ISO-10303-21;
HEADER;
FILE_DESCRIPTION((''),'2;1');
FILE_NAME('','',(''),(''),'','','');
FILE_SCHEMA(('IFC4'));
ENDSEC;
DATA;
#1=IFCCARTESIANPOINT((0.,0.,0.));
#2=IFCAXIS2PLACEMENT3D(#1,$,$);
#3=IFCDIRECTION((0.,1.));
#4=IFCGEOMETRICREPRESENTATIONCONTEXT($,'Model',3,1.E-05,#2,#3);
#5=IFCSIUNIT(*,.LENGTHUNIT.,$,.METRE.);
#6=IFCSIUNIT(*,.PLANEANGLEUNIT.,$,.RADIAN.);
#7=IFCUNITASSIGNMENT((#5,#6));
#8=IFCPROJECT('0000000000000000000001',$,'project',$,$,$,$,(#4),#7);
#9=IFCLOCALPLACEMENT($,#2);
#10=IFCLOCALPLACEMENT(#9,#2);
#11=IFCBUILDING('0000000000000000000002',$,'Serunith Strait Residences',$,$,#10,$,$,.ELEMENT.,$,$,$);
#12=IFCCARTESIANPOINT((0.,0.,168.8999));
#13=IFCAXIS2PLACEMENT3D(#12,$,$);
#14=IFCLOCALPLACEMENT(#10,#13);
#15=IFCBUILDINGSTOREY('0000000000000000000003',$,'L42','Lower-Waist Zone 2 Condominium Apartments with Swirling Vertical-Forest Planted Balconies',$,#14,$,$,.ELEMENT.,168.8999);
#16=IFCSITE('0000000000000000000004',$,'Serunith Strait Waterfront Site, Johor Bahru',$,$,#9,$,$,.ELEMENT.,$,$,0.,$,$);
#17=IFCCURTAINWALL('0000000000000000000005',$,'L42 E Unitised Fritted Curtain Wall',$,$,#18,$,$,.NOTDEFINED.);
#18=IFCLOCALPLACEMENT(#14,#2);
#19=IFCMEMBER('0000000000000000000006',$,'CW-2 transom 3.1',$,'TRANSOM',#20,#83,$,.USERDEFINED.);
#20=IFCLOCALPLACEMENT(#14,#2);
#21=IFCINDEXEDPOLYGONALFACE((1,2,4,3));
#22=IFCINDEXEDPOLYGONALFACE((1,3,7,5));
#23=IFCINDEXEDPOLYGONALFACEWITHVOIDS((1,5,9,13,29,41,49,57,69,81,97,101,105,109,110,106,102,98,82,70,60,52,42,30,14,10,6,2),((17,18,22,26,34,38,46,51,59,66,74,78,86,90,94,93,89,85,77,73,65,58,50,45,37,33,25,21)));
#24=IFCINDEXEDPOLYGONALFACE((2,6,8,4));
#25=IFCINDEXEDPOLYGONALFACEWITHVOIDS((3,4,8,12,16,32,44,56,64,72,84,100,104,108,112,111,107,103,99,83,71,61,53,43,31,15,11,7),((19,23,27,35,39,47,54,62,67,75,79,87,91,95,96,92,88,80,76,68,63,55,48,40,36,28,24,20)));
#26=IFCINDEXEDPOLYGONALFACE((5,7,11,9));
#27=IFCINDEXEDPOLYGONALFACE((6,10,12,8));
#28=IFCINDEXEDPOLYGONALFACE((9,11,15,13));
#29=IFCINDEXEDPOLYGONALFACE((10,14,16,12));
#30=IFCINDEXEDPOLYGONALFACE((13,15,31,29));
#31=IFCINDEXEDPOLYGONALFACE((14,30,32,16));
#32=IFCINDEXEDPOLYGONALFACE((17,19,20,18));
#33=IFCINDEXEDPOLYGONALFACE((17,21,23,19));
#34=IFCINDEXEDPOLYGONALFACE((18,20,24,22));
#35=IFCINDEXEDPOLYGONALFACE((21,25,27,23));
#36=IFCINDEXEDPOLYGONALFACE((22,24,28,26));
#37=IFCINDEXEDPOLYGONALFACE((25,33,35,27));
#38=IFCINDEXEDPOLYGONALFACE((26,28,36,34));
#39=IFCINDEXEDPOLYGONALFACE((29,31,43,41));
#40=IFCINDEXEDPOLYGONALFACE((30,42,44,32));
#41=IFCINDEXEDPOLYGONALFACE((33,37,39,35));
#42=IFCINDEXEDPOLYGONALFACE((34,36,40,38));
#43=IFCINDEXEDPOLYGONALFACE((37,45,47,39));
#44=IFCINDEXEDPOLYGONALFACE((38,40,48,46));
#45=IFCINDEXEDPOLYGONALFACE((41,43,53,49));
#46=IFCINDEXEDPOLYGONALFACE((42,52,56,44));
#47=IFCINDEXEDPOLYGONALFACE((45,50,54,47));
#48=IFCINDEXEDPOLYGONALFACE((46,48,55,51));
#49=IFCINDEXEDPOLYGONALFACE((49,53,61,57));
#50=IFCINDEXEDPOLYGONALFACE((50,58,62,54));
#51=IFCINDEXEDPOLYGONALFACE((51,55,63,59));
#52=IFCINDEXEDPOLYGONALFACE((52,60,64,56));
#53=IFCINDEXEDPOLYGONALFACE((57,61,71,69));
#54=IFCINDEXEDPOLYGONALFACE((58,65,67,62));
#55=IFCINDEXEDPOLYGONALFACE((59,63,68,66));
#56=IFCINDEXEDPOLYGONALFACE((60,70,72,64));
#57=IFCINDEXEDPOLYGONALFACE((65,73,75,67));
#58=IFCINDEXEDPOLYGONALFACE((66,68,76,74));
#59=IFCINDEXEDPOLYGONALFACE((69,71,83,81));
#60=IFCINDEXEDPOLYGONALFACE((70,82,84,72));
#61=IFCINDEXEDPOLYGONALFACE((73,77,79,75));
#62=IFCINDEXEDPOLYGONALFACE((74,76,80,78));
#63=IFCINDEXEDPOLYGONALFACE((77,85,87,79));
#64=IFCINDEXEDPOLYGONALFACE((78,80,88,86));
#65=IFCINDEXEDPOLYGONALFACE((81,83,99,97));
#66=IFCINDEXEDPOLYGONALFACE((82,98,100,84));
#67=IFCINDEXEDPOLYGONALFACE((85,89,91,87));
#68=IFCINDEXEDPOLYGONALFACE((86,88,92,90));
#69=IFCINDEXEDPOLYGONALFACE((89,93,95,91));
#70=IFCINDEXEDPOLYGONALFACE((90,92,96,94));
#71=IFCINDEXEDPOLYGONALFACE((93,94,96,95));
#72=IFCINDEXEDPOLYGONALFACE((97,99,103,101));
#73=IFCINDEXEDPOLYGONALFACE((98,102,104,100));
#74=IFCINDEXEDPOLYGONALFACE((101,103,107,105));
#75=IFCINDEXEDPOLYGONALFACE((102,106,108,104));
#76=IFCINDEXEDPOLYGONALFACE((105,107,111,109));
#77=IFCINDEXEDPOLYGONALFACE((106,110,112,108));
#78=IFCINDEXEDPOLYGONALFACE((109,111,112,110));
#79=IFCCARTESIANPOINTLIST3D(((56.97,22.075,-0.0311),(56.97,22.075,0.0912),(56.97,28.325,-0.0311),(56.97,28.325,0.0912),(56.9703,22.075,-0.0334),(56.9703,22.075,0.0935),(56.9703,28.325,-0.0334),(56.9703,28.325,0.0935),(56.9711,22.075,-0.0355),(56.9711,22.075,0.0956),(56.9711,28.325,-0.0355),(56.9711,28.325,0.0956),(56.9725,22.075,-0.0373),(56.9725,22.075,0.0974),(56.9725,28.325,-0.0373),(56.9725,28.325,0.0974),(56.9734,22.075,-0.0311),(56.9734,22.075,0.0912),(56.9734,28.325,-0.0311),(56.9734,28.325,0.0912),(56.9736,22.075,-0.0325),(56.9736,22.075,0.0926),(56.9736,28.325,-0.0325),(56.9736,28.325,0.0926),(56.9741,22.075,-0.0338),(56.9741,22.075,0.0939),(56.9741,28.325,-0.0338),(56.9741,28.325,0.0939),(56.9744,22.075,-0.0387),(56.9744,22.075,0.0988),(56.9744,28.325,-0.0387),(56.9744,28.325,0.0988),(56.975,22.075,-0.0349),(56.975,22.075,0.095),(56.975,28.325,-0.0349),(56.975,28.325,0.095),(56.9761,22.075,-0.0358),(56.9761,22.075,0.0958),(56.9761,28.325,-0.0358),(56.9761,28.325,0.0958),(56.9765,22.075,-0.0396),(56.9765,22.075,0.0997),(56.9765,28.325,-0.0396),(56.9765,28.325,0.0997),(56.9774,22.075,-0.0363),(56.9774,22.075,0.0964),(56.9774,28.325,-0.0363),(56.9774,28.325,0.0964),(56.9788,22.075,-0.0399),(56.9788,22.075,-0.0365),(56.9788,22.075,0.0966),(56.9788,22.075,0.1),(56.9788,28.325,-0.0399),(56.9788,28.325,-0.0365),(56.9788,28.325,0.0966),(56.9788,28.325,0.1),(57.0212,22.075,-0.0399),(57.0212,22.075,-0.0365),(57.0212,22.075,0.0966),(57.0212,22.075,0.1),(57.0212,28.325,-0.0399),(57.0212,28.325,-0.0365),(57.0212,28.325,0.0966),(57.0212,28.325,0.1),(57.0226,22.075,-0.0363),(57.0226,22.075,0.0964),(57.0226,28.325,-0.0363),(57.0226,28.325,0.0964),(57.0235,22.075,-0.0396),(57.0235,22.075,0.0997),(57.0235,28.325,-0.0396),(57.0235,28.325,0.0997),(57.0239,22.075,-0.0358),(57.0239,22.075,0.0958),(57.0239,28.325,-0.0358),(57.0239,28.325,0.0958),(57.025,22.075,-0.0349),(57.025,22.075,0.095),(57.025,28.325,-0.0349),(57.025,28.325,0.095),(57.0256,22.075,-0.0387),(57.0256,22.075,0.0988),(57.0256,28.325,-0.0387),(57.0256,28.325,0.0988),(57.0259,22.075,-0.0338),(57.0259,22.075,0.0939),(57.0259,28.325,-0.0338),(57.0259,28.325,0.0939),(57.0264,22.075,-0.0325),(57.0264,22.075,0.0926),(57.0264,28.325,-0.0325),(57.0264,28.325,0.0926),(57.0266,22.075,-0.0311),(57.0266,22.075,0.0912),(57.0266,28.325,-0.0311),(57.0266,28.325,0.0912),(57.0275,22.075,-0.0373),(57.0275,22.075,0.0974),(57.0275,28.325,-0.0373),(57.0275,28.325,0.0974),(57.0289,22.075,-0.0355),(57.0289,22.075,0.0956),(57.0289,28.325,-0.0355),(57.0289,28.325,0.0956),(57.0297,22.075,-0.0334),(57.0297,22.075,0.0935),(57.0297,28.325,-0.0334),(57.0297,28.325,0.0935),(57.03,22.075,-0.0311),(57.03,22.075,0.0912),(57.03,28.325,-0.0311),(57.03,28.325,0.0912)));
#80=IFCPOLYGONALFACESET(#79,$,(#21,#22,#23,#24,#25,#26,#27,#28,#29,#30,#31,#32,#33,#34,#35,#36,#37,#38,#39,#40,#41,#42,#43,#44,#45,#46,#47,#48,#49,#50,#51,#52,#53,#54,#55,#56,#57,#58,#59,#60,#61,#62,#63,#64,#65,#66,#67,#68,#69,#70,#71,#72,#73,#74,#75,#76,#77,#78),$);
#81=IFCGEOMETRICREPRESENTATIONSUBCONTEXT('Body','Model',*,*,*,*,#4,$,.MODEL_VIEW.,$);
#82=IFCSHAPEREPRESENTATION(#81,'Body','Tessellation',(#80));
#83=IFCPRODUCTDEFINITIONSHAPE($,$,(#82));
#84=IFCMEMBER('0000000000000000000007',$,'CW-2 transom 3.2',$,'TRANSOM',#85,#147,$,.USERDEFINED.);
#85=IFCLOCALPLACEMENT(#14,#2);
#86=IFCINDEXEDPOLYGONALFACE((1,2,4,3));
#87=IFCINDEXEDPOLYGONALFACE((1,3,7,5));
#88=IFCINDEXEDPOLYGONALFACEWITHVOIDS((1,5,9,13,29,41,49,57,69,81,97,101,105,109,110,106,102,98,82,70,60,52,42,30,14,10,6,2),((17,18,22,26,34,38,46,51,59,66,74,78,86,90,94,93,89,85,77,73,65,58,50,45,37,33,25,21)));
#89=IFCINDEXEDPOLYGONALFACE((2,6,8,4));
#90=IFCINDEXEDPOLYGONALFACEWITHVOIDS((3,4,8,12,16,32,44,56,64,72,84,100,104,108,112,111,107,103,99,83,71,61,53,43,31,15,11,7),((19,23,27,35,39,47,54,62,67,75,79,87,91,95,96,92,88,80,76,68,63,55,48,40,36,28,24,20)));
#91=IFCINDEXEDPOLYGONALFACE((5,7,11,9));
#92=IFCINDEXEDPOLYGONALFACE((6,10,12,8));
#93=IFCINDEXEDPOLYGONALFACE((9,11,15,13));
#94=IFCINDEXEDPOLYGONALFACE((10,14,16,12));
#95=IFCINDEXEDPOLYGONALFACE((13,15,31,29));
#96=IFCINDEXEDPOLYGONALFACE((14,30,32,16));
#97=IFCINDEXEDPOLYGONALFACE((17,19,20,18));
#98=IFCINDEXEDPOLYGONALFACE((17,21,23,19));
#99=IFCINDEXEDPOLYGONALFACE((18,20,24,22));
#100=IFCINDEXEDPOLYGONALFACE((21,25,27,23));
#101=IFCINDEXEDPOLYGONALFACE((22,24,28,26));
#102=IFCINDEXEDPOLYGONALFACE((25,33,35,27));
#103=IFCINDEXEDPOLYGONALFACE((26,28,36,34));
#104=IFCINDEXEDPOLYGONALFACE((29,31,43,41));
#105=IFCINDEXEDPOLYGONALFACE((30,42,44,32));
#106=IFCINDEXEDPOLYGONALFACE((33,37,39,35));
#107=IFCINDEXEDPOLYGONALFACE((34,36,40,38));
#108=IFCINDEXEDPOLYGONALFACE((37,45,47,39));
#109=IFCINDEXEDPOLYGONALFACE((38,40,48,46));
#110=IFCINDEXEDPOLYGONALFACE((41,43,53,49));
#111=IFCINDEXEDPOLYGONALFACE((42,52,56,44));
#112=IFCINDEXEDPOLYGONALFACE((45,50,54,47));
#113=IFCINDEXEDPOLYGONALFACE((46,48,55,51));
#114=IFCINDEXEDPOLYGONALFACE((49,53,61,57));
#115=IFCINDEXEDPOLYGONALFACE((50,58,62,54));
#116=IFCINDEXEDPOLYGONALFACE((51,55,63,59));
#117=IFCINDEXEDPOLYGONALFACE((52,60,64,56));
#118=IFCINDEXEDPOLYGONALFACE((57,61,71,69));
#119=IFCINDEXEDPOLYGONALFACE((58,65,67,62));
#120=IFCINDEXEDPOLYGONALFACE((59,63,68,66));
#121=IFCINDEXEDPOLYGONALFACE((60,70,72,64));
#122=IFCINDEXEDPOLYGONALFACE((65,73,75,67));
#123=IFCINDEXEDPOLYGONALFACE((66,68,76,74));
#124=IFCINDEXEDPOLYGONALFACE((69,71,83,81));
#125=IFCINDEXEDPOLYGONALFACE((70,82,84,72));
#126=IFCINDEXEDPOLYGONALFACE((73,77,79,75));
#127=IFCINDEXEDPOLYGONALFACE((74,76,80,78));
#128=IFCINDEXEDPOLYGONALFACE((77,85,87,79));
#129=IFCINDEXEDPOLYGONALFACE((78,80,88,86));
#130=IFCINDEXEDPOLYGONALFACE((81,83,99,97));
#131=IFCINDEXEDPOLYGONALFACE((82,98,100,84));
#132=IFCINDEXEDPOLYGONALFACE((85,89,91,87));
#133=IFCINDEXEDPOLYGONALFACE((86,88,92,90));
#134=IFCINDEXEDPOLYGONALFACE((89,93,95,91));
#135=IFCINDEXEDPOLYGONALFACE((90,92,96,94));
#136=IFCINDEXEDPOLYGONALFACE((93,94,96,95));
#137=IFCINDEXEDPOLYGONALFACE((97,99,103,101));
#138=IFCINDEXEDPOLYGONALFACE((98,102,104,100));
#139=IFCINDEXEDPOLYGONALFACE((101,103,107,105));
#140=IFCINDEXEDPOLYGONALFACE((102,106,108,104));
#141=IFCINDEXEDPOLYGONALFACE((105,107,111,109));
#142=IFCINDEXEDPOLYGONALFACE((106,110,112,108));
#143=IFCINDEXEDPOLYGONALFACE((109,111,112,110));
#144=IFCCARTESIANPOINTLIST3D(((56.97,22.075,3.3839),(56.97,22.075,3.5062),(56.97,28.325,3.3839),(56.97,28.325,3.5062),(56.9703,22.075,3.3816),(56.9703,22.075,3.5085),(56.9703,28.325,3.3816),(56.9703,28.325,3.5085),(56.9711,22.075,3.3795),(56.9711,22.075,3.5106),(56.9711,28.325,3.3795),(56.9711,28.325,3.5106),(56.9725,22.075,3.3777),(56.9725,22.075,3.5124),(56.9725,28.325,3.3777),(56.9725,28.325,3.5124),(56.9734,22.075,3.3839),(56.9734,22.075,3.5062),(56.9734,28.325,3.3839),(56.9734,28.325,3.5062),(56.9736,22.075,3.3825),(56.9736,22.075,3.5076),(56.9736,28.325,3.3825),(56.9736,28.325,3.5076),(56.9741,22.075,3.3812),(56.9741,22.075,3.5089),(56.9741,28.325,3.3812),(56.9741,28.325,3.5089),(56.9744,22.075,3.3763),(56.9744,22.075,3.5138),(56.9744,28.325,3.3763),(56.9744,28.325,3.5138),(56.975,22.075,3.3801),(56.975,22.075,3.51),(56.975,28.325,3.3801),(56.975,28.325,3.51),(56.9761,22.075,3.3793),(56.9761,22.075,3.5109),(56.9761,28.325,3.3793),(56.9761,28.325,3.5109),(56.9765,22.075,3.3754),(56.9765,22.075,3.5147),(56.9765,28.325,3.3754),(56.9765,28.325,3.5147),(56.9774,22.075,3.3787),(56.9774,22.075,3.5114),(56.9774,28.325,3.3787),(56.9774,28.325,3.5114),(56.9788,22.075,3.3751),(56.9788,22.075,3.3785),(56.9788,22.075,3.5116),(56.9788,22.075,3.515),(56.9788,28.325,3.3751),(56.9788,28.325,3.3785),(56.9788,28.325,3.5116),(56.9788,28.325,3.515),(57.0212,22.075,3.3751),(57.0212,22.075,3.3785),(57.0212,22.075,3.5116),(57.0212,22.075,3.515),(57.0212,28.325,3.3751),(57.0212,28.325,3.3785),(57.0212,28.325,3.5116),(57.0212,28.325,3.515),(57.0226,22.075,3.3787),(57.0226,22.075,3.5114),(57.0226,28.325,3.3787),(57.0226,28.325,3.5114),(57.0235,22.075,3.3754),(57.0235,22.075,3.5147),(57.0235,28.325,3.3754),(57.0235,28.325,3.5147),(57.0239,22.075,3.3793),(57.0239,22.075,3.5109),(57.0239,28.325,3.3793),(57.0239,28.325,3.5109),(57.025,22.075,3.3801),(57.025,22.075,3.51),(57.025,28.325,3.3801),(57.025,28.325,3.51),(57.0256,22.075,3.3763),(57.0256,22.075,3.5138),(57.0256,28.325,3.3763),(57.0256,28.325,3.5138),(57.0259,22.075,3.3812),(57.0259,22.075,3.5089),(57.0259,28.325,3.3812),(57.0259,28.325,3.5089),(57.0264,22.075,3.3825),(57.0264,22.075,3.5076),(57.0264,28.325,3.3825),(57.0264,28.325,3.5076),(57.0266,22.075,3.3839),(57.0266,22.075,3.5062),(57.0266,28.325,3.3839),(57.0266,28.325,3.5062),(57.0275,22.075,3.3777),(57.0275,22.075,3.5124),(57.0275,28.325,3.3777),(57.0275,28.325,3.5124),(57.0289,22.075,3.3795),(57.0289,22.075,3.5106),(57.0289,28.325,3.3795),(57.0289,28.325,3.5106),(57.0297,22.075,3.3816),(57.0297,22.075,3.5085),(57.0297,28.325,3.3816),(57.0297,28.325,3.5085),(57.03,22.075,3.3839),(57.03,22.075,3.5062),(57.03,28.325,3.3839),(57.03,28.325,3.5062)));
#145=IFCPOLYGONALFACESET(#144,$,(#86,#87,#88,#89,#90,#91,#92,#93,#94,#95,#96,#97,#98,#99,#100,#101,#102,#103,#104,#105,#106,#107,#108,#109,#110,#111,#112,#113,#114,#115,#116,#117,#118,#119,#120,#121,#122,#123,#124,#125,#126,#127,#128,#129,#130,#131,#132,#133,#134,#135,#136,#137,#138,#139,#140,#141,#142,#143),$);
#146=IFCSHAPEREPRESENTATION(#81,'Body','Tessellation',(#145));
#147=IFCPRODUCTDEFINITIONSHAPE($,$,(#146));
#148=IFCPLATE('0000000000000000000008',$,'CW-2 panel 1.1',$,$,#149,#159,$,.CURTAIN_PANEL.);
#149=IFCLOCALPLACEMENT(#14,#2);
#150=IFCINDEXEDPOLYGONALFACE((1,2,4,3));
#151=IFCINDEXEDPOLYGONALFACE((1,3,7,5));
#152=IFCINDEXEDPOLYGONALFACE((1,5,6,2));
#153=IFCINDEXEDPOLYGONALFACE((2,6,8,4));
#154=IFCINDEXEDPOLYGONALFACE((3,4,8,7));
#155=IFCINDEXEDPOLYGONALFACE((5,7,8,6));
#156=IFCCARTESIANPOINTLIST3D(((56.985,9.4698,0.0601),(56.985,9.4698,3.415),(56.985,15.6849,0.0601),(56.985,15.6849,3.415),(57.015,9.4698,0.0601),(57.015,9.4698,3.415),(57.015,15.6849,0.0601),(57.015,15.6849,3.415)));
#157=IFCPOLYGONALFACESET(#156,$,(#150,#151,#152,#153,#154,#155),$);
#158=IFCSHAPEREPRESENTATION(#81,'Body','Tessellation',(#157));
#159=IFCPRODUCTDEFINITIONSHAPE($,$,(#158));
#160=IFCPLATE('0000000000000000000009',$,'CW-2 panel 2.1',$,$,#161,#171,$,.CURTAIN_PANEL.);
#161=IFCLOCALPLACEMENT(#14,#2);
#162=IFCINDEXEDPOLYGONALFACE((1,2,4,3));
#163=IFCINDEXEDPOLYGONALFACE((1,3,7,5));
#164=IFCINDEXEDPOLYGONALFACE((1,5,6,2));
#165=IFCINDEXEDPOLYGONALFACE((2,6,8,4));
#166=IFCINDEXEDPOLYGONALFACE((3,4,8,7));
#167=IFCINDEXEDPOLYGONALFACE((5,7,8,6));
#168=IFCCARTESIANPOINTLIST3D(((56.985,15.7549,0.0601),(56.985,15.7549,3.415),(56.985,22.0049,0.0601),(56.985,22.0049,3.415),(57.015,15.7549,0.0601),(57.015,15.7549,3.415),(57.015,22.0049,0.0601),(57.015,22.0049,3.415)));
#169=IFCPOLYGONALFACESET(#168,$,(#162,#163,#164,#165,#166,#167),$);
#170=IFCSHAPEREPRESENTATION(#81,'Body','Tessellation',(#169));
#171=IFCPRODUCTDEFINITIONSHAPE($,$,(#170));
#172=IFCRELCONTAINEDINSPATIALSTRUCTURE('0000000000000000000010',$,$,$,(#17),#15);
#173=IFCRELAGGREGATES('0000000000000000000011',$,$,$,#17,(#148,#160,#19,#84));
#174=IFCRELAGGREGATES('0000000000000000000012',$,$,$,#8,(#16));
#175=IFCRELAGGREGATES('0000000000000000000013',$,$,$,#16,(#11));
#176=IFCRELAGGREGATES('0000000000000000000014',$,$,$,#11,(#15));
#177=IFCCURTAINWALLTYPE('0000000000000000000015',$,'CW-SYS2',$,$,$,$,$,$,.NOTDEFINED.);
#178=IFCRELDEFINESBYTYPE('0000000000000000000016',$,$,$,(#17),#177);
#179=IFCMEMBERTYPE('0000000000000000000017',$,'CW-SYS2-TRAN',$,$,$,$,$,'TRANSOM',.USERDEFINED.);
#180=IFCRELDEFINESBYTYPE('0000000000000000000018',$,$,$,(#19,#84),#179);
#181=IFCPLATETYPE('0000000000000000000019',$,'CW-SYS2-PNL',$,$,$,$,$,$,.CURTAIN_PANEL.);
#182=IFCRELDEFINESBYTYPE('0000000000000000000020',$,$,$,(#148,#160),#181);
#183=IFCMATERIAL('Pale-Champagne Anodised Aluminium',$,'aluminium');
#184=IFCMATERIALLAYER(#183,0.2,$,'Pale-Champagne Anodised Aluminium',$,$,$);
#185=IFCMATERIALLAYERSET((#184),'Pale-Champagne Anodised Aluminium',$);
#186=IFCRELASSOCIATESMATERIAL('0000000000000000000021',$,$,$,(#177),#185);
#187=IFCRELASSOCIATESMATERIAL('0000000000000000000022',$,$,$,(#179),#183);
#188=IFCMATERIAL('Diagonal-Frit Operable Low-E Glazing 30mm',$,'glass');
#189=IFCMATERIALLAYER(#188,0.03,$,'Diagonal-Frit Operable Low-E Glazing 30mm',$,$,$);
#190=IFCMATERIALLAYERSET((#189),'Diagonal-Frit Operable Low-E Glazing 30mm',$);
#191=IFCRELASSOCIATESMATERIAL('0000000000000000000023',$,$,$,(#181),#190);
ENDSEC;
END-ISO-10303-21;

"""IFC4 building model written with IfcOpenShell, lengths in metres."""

from ifc_helpers import new_model, si_unit, direction, frame, origin, origin_2d, place, context, subcontext, project, spatial, rectangle, hollow_rectangle, extrude, source, transform, mapped, material, layer, layer_set, material_profile, profile_set, type_object, element, aggregate, save


model = new_model("IFC4")

# Units and contexts
model_context = context("Model", 3, precision=1e-05, world=origin(), true_north=direction((0.0, 1.0)))
body_context = subcontext(model_context, "Body", "Model", "MODEL_VIEW")
ifc_project = project(units=[si_unit("LENGTHUNIT", "METRE"), si_unit("PLANEANGLEUNIT", "RADIAN")], contexts=[model_context])

# Site, building, storey
site_placement = place(None, origin())
site = spatial("IfcSite", under=ifc_project, at=site_placement, Name="Serunith Strait Waterfront Site, Johor Bahru", CompositionType="ELEMENT", RefElevation=0.0)
building_placement = place(site_placement, origin())
building = spatial("IfcBuilding", under=site, at=building_placement, Name="Serunith Strait Residences", CompositionType="ELEMENT")
storey_placement = place(building_placement, frame((0.0, 0.0, 168.8999)))
storey = spatial("IfcBuildingStorey", under=building, at=storey_placement, Name="L42", Description="Lower-Waist Zone 2 Condominium Apartments with Swirling Vertical-Forest Planted Balconies", CompositionType="ELEMENT", Elevation=168.8999)

# Curtain wall, members, plates
ifc_material_1 = material(Name="Pale-Champagne Anodised Aluminium", Category="aluminium")
ifc_layer_1 = layer(ifc_material_1, 0.2, Name="Pale-Champagne Anodised Aluminium")
ifc_layer_set_1 = layer_set([ifc_layer_1], Name="Pale-Champagne Anodised Aluminium")
curtain_wall_type = type_object("IfcCurtainWallType", Name="CW-SYS2", PredefinedType="NOTDEFINED", material=ifc_layer_set_1)
curtain_wall_placement = place(storey_placement, origin())
curtain_wall = element("IfcCurtainWall", 1, at=curtain_wall_placement, inside=storey, type_object=curtain_wall_type, Name="L42 E Unitised Fritted Curtain Wall", PredefinedType="NOTDEFINED")
ifc_material_profile_1 = material_profile(ifc_material_1, hollow_rectangle(XDim=0.0601, YDim=0.1399, WallThickness=0.0034, InnerFilletRadius=0.0054, OuterFilletRadius=0.0088, at=origin_2d()), Name="ALU 140x60x3.5")
ifc_profile_set_1 = profile_set([ifc_material_profile_1], Name="Pale-Champagne Anodised Aluminium")
member_type_1 = type_object("IfcMemberType", Name="CW-SYS2-TRAN", ElementType="TRANSOM", PredefinedType="USERDEFINED", material=ifc_profile_set_1)
shared_shape_1 = source(origin(), body_context, "Body", "SweptSolid", [
    extrude(hollow_rectangle(XDim=0.0601, YDim=0.1399, WallThickness=0.0034, InnerFilletRadius=0.0054, OuterFilletRadius=0.0088, at=origin_2d()), origin(), (0.0, 0.0, 1.0), 6.25),
])
member_1_placement = place(storey_placement, frame((57.0, 22.075, 0.03), z_axis=(0.0, 1.0, 0.0), x_axis=(-1.0, 0.0, 0.0)))
member_1 = element("IfcMember", 2, at=member_1_placement, type_object=member_type_1, Name="CW-2 transom 3.1", ObjectType="TRANSOM", PredefinedType="USERDEFINED", context=body_context, shape_type="MappedRepresentation", body=[
    mapped(shared_shape_1, transform((0.0, 0.0, 0.0), scale=1.0)),
])
member_2_placement = place(storey_placement, frame((57.0, 22.075, 3.4451), z_axis=(0.0, 1.0, 0.0), x_axis=(-1.0, 0.0, 0.0)))
member_2 = element("IfcMember", 3, at=member_2_placement, type_object=member_type_1, Name="CW-2 transom 3.2", ObjectType="TRANSOM", PredefinedType="USERDEFINED", context=body_context, shape_type="MappedRepresentation", body=[
    mapped(shared_shape_1, transform((0.0, 0.0, 0.0), scale=1.0)),
])
ifc_material_2 = material(Name="Diagonal-Frit Operable Low-E Glazing 30mm", Category="glass")
ifc_layer_2 = layer(ifc_material_2, 0.03, Name="Diagonal-Frit Operable Low-E Glazing 30mm")
ifc_layer_set_2 = layer_set([ifc_layer_2], Name="Diagonal-Frit Operable Low-E Glazing 30mm")
plate_type = type_object("IfcPlateType", Name="CW-SYS2-PNL", PredefinedType="CURTAIN_PANEL", material=ifc_layer_set_2)
shared_shape_2 = source(origin(), body_context, "Body", "SweptSolid", [
    extrude(rectangle(XDim=6.2151, YDim=0.03, at=origin_2d()), origin(), (0.0, 0.0, 1.0), 3.355),
])
plate_1_placement = place(storey_placement, frame((57.0, 12.5774, 0.0601), z_axis=(0.0, 0.0, 1.0), x_axis=(0.0, 1.0, 0.0)))
plate_1 = element("IfcPlate", 4, at=plate_1_placement, type_object=plate_type, Name="CW-2 panel 1.1", PredefinedType="CURTAIN_PANEL", context=body_context, shape_type="MappedRepresentation", body=[
    mapped(shared_shape_2, transform((0.0, 0.0, 0.0), scale=1.0)),
])
shared_shape_3 = source(origin(), body_context, "Body", "SweptSolid", [
    extrude(rectangle(XDim=6.25, YDim=0.03, at=origin_2d()), origin(), (0.0, 0.0, 1.0), 3.355),
])
plate_2_placement = place(storey_placement, frame((57.0, 18.8799, 0.0601), z_axis=(0.0, 0.0, 1.0), x_axis=(0.0, 1.0, 0.0)))
plate_2 = element("IfcPlate", 5, at=plate_2_placement, type_object=plate_type, Name="CW-2 panel 2.1", PredefinedType="CURTAIN_PANEL", context=body_context, shape_type="MappedRepresentation", body=[
    mapped(shared_shape_3, transform((0.0, 0.0, 0.0), scale=1.0)),
])
aggregate(curtain_wall, [plate_1, plate_2, member_1, member_2])

save(model, "model.ifc")
